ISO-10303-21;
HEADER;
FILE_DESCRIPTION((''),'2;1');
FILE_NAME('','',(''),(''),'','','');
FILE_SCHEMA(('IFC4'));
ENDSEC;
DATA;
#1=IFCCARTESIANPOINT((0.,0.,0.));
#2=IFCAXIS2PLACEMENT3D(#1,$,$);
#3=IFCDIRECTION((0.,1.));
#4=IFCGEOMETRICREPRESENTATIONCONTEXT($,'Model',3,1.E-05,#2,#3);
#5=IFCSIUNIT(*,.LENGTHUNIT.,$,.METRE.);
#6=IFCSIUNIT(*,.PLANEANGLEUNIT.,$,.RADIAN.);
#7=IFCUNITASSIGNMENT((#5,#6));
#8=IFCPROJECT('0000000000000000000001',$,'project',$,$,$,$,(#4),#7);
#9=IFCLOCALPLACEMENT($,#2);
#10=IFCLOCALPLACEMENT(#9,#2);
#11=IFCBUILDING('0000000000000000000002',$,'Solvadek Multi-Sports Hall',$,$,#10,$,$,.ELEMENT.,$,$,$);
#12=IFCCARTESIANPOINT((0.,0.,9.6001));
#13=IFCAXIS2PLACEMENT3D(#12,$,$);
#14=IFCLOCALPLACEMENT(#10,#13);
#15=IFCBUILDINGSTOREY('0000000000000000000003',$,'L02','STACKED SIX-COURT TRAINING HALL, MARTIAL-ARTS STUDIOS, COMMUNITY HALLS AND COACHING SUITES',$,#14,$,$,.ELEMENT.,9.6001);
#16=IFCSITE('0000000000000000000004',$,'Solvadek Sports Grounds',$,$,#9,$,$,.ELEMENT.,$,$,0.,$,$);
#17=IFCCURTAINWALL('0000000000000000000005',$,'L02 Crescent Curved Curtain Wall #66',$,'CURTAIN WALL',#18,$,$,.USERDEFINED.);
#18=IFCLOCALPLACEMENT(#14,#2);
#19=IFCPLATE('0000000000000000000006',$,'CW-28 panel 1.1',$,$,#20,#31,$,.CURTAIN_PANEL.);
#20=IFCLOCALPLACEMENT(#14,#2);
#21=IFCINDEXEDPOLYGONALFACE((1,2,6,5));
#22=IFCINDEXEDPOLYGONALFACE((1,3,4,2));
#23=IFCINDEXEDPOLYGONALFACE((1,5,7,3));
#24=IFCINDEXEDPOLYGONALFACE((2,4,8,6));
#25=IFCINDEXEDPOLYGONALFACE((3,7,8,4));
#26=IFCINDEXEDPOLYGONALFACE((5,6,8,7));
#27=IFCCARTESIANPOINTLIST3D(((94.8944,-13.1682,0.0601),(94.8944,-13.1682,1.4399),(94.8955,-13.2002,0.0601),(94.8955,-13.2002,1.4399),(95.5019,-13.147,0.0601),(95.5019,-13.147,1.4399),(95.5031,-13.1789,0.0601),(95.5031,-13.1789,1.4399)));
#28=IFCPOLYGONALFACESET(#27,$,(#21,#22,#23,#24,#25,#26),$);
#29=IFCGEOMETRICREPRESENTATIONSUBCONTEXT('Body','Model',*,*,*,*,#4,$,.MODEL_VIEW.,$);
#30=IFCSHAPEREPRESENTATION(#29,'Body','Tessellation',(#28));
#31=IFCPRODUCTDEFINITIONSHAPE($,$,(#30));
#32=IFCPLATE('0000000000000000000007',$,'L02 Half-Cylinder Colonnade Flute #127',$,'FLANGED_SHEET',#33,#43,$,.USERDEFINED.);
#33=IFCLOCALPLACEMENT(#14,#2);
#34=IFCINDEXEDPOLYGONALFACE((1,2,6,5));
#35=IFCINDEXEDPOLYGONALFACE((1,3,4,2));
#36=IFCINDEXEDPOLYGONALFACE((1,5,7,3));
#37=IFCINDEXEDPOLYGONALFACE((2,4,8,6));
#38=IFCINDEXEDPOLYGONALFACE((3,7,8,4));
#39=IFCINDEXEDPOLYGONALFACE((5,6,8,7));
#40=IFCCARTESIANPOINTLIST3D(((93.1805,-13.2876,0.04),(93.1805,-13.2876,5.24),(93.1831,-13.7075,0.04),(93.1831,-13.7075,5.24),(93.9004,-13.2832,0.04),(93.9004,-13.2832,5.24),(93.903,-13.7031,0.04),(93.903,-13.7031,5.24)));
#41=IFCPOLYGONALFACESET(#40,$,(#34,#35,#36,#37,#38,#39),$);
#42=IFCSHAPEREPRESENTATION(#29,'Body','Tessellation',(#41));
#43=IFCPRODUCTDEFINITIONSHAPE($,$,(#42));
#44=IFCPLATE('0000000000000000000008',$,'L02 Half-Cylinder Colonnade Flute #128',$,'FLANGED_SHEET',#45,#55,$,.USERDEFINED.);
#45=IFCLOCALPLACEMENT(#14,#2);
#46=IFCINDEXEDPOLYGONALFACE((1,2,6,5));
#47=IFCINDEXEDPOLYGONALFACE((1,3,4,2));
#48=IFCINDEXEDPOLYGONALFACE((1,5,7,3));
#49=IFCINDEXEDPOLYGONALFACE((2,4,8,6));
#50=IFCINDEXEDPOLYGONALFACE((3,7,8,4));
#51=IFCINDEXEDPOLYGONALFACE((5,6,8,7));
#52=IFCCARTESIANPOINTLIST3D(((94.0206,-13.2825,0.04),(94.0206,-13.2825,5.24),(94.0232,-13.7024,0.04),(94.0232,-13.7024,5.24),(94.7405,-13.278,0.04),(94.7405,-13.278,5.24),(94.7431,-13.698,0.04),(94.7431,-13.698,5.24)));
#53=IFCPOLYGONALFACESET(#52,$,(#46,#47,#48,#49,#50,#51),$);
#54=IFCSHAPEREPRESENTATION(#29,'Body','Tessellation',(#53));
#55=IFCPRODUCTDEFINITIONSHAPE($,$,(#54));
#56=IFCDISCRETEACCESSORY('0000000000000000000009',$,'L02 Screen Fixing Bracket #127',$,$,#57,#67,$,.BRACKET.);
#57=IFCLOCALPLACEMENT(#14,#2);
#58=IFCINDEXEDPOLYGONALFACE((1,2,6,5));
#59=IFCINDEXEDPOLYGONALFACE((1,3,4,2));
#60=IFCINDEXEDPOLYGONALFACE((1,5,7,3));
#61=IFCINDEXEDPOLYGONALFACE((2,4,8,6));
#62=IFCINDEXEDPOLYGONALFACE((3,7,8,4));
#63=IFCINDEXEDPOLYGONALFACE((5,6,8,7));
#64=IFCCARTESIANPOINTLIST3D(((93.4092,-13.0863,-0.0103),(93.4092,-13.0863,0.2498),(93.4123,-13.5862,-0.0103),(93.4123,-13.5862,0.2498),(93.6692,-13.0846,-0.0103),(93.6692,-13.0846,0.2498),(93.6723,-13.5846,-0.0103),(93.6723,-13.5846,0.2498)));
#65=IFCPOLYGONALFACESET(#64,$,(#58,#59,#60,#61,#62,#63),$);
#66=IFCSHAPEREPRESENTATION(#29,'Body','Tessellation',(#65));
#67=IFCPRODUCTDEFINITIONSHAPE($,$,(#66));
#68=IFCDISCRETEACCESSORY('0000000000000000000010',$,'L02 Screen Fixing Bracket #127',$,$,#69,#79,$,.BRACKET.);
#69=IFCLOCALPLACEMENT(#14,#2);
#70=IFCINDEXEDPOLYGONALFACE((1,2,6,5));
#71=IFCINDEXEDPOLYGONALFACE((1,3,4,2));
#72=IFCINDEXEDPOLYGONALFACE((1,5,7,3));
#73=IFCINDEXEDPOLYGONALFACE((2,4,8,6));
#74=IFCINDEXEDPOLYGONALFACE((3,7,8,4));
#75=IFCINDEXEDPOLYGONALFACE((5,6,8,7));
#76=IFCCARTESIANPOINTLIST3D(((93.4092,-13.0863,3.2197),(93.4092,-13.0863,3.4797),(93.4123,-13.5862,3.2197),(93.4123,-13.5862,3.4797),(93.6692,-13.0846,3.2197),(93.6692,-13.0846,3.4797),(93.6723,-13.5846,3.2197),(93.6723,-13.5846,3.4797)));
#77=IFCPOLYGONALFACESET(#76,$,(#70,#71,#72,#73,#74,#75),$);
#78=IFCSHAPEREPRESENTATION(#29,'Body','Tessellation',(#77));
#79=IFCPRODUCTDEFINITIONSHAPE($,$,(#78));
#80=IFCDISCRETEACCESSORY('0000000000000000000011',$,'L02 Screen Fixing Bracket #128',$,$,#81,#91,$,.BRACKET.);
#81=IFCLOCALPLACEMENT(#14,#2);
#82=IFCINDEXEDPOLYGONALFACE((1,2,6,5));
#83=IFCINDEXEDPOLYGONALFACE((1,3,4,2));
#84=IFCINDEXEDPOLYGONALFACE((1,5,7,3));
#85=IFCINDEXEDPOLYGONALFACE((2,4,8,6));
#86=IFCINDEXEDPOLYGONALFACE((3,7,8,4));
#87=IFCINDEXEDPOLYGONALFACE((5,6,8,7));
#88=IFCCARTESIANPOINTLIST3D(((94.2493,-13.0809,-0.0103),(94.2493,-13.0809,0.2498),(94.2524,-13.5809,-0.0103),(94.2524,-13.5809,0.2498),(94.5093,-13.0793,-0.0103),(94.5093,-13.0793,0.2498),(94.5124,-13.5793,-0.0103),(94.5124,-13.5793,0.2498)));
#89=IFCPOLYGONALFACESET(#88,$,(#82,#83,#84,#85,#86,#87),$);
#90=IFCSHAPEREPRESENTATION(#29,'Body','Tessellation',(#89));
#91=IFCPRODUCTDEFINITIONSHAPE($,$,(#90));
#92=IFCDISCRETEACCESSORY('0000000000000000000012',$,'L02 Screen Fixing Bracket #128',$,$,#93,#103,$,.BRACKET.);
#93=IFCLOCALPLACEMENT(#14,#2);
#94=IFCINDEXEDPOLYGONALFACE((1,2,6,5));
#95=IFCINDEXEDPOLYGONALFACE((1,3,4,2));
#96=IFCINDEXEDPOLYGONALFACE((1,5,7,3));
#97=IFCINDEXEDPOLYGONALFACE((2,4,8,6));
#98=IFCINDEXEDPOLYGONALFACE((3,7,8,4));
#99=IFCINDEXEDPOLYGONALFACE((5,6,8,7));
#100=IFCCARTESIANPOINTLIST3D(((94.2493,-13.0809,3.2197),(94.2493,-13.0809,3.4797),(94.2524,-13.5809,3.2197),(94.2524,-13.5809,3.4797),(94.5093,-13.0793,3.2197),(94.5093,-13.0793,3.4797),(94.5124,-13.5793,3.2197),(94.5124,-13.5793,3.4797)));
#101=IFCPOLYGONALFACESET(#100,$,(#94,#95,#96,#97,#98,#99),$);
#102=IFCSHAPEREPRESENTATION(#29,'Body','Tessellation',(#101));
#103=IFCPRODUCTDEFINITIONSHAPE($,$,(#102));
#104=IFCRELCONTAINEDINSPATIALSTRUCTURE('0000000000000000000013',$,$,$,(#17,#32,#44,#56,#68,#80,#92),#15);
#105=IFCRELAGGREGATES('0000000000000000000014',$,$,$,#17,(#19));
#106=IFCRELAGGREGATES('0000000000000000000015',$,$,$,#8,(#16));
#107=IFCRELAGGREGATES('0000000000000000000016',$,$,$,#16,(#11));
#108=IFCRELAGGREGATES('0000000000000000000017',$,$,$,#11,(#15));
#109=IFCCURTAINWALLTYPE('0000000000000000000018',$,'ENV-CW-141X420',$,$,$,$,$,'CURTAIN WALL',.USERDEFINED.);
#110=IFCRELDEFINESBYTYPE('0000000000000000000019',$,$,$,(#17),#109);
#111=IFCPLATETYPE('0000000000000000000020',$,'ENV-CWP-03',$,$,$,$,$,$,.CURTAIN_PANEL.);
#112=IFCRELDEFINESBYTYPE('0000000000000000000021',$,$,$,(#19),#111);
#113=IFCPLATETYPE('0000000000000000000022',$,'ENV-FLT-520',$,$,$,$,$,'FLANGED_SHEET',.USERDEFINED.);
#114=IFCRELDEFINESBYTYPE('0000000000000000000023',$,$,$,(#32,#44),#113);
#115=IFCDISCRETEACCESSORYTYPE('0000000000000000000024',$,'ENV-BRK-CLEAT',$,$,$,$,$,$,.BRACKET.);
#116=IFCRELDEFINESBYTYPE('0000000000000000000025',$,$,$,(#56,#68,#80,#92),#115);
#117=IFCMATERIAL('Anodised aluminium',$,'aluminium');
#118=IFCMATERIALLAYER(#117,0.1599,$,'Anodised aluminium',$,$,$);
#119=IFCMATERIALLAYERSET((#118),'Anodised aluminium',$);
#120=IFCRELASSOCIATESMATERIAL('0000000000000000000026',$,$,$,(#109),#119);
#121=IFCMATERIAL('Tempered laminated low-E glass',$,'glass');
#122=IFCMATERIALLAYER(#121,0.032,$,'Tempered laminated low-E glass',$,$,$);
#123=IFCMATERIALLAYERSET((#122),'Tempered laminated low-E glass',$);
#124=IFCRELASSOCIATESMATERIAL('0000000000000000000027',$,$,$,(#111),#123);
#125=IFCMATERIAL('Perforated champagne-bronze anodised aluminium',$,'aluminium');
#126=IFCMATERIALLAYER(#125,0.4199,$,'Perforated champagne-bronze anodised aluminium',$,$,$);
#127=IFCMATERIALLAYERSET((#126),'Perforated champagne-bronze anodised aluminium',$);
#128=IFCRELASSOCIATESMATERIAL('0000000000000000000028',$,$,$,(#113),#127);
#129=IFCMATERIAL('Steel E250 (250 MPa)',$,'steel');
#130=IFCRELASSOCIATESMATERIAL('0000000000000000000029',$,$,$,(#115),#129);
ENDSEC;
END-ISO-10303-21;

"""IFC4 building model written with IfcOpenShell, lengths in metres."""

from ifc_helpers import new_model, si_unit, direction, frame, origin, origin_2d, place, context, subcontext, project, spatial, rectangle, extrude, material, layer, layer_set, type_object, element, aggregate, save


model = new_model("IFC4")

# Units and contexts
model_context = context("Model", 3, precision=1e-05, world=origin(), true_north=direction((0.0, 1.0)))
body_context = subcontext(model_context, "Body", "Model", "MODEL_VIEW")
ifc_project = project(units=[si_unit("LENGTHUNIT", "METRE"), si_unit("PLANEANGLEUNIT", "RADIAN")], contexts=[model_context])

# Site, building, storey
site_placement = place(None, origin())
site = spatial("IfcSite", under=ifc_project, at=site_placement, Name="Solvadek Sports Grounds", CompositionType="ELEMENT", RefElevation=0.0)
building_placement = place(site_placement, origin())
building = spatial("IfcBuilding", under=site, at=building_placement, Name="Solvadek Multi-Sports Hall", CompositionType="ELEMENT")
storey_placement = place(building_placement, frame((0.0, 0.0, 9.6001)))
storey = spatial("IfcBuildingStorey", under=building, at=storey_placement, Name="L02", Description="STACKED SIX-COURT TRAINING HALL, MARTIAL-ARTS STUDIOS, COMMUNITY HALLS AND COACHING SUITES", CompositionType="ELEMENT", Elevation=9.6001)

# Curtain wall
ifc_material_1 = material(Name="Anodised aluminium", Category="aluminium")
ifc_layer_1 = layer(ifc_material_1, 0.1599, Name="Anodised aluminium")
ifc_layer_set_1 = layer_set([ifc_layer_1], Name="Anodised aluminium")
curtain_wall_type_1 = type_object("IfcCurtainWallType", Name="ENV-CW-141X420", ElementType="CURTAIN WALL", PredefinedType="USERDEFINED", material=ifc_layer_set_1)
curtain_wall_1_placement = place(storey_placement, origin())
curtain_wall_1 = element("IfcCurtainWall", 1, at=curtain_wall_1_placement, inside=storey, type_object=curtain_wall_type_1, Name="L02 Crescent Curved Curtain Wall #66", ObjectType="CURTAIN WALL", PredefinedType="USERDEFINED")

# Plate
ifc_material_2 = material(Name="Tempered laminated low-E glass", Category="glass")
ifc_layer_2 = layer(ifc_material_2, 0.032, Name="Tempered laminated low-E glass")
ifc_layer_set_2 = layer_set([ifc_layer_2], Name="Tempered laminated low-E glass")
plate_type_1 = type_object("IfcPlateType", Name="ENV-CWP-03", PredefinedType="CURTAIN_PANEL", material=ifc_layer_set_2)
plate_1_placement = place(storey_placement, frame((95.1987, -13.1736, 0.0601), z_axis=(0.0, 0.0, 1.0), x_axis=(0.999387, 0.035011, 0.0)))
plate_1 = element("IfcPlate", 2, at=plate_1_placement, type_object=plate_type_1, Name="CW-28 panel 1.1", PredefinedType="CURTAIN_PANEL", context=body_context, shape_type="SweptSolid", body=[
    extrude(rectangle(XDim=0.6079, YDim=0.032, at=origin_2d()), origin(), (0.0, 0.0, 1.0), 1.3799),
])
aggregate(curtain_wall_1, [plate_1])

# Plates
ifc_material_3 = material(Name="Perforated champagne-bronze anodised aluminium", Category="aluminium")
ifc_layer_3 = layer(ifc_material_3, 0.4199, Name="Perforated champagne-bronze anodised aluminium")
ifc_layer_set_3 = layer_set([ifc_layer_3], Name="Perforated champagne-bronze anodised aluminium")
plate_type_2 = type_object("IfcPlateType", Name="ENV-FLT-520", ElementType="FLANGED_SHEET", PredefinedType="USERDEFINED", material=ifc_layer_set_3)
for number, where, z_axis, x_axis, name in (
    (3, (93.5417, -13.4954, 0.04), (0.0, 0.0, 1.0), (0.999981, 0.00619, 0.0), "L02 Half-Cylinder Colonnade Flute #127"),
    (4, (94.3818, -13.4902, 0.04), (0.0, 0.0, 1.0), (0.999981, 0.00619, 0.0), "L02 Half-Cylinder Colonnade Flute #128"),
):
    element("IfcPlate", number, at=place(storey_placement, frame(where, z_axis=z_axis, x_axis=x_axis)), inside=storey, type_object=plate_type_2, Name=name, ObjectType="FLANGED_SHEET", PredefinedType="USERDEFINED", context=body_context, shape_type="SweptSolid", body=[
        extrude(rectangle(XDim=0.72, YDim=0.4199, at=origin_2d()), origin(), (0.0, 0.0, 1.0), 5.2),
    ])

# Discrete accessories
ifc_material_4 = material(Name="Steel E250 (250 MPa)", Category="steel")
discrete_accessory_type = type_object("IfcDiscreteAccessoryType", Name="ENV-BRK-CLEAT", PredefinedType="BRACKET", material=ifc_material_4)
for number, where, z_axis, x_axis, name in (
    (5, (93.5408, -13.3354, -0.0103), (0.0, 0.0, 1.0), (0.999981, 0.00619, 0.0), "L02 Screen Fixing Bracket #127"),
    (6, (93.5408, -13.3354, 3.2197), (0.0, 0.0, 1.0), (0.999981, 0.00619, 0.0), "L02 Screen Fixing Bracket #127"),
    (7, (94.3809, -13.3301, -0.0103), (0.0, 0.0, 1.0), (0.999981, 0.00619, 0.0), "L02 Screen Fixing Bracket #128"),
    (8, (94.3809, -13.3301, 3.2197), (0.0, 0.0, 1.0), (0.999981, 0.00619, 0.0), "L02 Screen Fixing Bracket #128"),
):
    element("IfcDiscreteAccessory", number, at=place(storey_placement, frame(where, z_axis=z_axis, x_axis=x_axis)), inside=storey, type_object=discrete_accessory_type, Name=name, PredefinedType="BRACKET", context=body_context, shape_type="SweptSolid", body=[
        extrude(rectangle(XDim=0.26, YDim=0.5, at=origin_2d()), origin(), (0.0, 0.0, 1.0), 0.26),
    ])

save(model, "model.ifc")
